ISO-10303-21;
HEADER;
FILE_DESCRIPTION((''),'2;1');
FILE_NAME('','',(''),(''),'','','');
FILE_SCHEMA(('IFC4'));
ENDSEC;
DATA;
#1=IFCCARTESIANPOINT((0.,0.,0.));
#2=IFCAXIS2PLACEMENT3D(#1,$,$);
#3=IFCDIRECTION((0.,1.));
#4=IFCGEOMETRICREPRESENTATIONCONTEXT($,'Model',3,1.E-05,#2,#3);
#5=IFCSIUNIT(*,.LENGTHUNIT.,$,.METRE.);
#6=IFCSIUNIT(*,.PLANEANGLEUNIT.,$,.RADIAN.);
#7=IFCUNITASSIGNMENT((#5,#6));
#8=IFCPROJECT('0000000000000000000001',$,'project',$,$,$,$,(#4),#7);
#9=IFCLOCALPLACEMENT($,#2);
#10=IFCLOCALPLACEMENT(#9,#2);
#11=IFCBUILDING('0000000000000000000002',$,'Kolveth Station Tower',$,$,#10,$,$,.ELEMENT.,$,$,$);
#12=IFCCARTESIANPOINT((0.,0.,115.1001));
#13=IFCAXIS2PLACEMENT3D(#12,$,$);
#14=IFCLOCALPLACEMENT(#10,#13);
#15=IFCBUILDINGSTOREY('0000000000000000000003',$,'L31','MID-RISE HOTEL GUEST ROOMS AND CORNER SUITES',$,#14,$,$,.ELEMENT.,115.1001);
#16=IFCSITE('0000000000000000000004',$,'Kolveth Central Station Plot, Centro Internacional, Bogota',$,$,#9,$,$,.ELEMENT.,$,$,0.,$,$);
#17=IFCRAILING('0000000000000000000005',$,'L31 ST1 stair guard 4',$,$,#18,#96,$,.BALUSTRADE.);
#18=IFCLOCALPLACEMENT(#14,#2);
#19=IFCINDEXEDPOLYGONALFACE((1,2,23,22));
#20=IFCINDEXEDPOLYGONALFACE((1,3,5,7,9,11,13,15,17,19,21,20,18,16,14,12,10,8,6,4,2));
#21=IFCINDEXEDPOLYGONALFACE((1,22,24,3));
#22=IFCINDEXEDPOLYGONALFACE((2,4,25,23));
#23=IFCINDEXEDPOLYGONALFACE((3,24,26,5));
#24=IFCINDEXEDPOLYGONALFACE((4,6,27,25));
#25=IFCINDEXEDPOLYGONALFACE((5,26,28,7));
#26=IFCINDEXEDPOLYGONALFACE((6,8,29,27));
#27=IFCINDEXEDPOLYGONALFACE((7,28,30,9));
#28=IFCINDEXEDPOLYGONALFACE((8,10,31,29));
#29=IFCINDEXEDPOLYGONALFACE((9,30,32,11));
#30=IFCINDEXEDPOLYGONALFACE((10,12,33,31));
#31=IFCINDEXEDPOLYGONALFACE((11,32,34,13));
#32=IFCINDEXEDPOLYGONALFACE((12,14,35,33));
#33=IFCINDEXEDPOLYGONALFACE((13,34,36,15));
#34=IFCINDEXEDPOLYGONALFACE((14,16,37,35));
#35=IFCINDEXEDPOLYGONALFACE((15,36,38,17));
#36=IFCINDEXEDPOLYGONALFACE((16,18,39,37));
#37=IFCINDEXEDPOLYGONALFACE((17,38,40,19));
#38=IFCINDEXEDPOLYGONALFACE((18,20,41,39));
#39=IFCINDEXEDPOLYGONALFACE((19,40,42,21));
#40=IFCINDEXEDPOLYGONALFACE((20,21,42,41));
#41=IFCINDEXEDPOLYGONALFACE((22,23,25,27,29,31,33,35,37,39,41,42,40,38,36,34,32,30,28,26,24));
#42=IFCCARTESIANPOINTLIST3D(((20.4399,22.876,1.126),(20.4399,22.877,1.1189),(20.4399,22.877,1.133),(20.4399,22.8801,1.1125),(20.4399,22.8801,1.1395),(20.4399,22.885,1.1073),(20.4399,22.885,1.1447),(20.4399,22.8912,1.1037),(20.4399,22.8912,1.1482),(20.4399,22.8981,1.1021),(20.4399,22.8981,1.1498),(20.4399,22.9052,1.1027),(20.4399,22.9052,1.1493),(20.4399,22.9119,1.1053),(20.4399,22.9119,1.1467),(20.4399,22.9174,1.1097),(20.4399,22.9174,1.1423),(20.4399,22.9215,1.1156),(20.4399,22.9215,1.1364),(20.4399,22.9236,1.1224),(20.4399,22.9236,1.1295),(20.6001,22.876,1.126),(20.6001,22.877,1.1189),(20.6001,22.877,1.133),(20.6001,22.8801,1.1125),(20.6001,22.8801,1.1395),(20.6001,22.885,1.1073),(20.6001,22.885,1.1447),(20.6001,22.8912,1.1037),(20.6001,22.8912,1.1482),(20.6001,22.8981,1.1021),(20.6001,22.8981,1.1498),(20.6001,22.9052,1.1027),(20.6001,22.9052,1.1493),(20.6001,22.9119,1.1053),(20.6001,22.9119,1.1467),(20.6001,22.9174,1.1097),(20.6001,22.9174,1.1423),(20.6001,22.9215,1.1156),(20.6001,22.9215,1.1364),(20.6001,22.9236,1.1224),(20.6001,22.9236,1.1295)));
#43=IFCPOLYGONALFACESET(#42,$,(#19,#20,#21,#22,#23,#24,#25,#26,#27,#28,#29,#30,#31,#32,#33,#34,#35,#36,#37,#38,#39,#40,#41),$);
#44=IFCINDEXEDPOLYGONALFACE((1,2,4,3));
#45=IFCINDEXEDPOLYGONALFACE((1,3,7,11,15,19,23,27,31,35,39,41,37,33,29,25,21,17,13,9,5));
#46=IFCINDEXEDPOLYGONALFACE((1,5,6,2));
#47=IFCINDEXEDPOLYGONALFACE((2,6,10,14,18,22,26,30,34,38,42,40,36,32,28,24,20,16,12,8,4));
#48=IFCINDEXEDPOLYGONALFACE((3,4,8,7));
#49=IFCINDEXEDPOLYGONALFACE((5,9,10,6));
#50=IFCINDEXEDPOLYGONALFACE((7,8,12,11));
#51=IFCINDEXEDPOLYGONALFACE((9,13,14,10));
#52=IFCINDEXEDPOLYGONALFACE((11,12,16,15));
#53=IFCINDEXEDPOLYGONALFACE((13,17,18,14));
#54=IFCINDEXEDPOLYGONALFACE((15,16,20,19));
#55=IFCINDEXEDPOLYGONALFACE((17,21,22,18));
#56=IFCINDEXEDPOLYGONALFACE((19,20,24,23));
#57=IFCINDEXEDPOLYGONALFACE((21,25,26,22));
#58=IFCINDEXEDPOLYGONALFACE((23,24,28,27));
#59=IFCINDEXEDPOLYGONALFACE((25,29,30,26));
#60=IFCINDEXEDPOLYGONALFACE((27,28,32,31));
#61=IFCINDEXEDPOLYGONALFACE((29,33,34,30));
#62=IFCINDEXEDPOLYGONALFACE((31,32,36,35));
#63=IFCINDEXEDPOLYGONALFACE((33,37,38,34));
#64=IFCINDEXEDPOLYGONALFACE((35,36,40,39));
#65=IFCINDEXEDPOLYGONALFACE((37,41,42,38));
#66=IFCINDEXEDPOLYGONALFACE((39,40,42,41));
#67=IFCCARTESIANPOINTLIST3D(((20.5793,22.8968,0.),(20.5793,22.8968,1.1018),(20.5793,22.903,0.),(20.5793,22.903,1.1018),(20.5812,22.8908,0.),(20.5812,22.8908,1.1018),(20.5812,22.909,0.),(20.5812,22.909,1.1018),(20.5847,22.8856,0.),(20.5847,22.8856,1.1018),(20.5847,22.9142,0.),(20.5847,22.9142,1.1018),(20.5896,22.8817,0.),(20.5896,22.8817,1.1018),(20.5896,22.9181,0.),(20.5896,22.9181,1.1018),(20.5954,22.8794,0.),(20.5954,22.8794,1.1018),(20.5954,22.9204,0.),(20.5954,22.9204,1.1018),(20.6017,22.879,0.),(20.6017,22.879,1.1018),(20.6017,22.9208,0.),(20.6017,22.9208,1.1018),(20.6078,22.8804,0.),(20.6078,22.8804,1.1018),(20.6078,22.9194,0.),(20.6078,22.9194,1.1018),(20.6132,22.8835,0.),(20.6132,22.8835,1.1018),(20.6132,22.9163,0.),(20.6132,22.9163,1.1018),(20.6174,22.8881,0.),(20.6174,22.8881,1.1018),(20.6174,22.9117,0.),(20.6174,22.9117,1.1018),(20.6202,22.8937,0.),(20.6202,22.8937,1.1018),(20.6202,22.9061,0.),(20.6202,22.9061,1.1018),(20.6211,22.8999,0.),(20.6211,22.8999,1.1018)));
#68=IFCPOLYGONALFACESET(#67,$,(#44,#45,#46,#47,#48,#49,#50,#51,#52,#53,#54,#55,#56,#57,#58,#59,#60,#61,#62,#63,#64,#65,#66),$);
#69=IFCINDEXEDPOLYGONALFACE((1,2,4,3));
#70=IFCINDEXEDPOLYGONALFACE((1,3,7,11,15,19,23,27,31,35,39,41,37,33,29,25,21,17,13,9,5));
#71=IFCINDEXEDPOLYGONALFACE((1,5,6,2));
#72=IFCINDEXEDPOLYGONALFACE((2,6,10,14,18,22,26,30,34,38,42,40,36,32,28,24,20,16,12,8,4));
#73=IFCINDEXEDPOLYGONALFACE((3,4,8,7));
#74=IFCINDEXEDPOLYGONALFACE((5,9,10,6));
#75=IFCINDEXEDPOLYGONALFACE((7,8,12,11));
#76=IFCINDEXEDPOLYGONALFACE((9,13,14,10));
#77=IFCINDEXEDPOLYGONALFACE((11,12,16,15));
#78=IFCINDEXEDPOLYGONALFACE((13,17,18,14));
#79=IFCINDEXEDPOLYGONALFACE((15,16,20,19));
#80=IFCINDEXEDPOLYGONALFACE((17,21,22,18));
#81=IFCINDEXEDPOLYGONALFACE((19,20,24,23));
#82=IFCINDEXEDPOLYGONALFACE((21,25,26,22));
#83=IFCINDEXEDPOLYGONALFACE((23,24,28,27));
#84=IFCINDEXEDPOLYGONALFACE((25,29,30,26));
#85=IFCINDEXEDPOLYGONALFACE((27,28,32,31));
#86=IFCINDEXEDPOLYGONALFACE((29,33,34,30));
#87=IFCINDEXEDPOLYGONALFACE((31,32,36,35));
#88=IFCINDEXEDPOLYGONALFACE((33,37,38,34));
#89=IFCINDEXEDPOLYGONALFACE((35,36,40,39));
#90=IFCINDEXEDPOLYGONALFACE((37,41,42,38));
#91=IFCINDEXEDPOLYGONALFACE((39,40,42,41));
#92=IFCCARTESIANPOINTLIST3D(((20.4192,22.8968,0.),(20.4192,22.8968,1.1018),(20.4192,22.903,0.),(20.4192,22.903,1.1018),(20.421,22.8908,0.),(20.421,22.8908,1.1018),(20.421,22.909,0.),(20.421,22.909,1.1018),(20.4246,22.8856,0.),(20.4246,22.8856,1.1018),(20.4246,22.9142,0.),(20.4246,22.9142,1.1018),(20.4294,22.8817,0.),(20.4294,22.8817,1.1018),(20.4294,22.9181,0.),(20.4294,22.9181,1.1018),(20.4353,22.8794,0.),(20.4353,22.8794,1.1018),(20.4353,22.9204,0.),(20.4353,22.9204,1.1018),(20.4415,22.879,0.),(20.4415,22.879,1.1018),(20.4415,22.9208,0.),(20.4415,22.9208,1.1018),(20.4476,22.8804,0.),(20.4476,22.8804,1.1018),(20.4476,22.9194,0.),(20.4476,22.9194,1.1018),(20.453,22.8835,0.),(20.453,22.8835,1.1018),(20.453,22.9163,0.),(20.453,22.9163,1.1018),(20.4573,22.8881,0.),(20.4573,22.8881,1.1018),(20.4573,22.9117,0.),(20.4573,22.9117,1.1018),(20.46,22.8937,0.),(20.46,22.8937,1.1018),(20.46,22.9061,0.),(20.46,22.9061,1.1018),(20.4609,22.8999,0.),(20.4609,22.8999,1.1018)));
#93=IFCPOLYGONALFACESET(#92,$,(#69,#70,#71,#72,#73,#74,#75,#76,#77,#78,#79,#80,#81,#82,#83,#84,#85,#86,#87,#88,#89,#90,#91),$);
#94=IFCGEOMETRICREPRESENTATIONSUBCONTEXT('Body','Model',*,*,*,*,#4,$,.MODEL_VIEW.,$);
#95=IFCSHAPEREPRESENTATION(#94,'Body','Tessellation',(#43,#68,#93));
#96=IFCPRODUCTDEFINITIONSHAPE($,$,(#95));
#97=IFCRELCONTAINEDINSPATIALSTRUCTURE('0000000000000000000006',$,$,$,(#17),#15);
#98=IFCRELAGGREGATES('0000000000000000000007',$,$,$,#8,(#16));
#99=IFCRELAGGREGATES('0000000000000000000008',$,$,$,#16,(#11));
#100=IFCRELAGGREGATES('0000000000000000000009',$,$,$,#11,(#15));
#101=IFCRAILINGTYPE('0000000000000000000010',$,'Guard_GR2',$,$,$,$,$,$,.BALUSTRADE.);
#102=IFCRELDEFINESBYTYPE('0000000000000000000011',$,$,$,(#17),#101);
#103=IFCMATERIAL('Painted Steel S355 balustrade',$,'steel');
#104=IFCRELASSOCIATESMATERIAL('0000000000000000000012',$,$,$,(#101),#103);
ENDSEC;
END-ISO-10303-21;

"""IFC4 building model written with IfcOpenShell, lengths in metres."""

from ifc_helpers import new_model, si_unit, direction, frame, origin, origin_2d, place, context, subcontext, project, spatial, circle, extrude, material, type_object, element, save


model = new_model("IFC4")

# Units and contexts
model_context = context("Model", 3, precision=1e-05, world=origin(), true_north=direction((0.0, 1.0)))
body_context = subcontext(model_context, "Body", "Model", "MODEL_VIEW")
ifc_project = project(units=[si_unit("LENGTHUNIT", "METRE"), si_unit("PLANEANGLEUNIT", "RADIAN")], contexts=[model_context])

# Site, building, storey
site_placement = place(None, origin())
site = spatial("IfcSite", under=ifc_project, at=site_placement, Name="Kolveth Central Station Plot, Centro Internacional, Bogota", CompositionType="ELEMENT", RefElevation=0.0)
building_placement = place(site_placement, origin())
building = spatial("IfcBuilding", under=site, at=building_placement, Name="Kolveth Station Tower", CompositionType="ELEMENT")
storey_placement = place(building_placement, frame((0.0, 0.0, 115.1001)))
storey = spatial("IfcBuildingStorey", under=building, at=storey_placement, Name="L31", Description="MID-RISE HOTEL GUEST ROOMS AND CORNER SUITES", CompositionType="ELEMENT", Elevation=115.1001)

# Railing
ifc_material_1 = material(Name="Painted Steel S355 balustrade", Category="steel")
railing_type_1 = type_object("IfcRailingType", Name="Guard_GR2", PredefinedType="BALUSTRADE", material=ifc_material_1)
railing_1_placement = place(storey_placement, frame((20.6001, 22.8999, 0.0)))
element("IfcRailing", 1, at=railing_1_placement, inside=storey, type_object=railing_type_1, Name="L31 ST1 stair guard 4", PredefinedType="BALUSTRADE", context=body_context, shape_type="SweptSolid", body=[
    extrude(circle(Radius=0.0239, at=origin_2d()), frame((0.0, 0.0, 1.126), z_axis=(-1.0, 0.0, 0.0), x_axis=(0.0, -1.0, 0.0)), (0.0, 0.0, 1.0), 0.1602),
    extrude(circle(Radius=0.021, at=origin_2d()), origin(), (0.0, 0.0, 1.0), 1.1018),
    extrude(circle(Radius=0.021, at=origin_2d()), frame((-0.1602, 0.0, 0.0)), (0.0, 0.0, 1.0), 1.1018),
])

save(model, "model.ifc")
